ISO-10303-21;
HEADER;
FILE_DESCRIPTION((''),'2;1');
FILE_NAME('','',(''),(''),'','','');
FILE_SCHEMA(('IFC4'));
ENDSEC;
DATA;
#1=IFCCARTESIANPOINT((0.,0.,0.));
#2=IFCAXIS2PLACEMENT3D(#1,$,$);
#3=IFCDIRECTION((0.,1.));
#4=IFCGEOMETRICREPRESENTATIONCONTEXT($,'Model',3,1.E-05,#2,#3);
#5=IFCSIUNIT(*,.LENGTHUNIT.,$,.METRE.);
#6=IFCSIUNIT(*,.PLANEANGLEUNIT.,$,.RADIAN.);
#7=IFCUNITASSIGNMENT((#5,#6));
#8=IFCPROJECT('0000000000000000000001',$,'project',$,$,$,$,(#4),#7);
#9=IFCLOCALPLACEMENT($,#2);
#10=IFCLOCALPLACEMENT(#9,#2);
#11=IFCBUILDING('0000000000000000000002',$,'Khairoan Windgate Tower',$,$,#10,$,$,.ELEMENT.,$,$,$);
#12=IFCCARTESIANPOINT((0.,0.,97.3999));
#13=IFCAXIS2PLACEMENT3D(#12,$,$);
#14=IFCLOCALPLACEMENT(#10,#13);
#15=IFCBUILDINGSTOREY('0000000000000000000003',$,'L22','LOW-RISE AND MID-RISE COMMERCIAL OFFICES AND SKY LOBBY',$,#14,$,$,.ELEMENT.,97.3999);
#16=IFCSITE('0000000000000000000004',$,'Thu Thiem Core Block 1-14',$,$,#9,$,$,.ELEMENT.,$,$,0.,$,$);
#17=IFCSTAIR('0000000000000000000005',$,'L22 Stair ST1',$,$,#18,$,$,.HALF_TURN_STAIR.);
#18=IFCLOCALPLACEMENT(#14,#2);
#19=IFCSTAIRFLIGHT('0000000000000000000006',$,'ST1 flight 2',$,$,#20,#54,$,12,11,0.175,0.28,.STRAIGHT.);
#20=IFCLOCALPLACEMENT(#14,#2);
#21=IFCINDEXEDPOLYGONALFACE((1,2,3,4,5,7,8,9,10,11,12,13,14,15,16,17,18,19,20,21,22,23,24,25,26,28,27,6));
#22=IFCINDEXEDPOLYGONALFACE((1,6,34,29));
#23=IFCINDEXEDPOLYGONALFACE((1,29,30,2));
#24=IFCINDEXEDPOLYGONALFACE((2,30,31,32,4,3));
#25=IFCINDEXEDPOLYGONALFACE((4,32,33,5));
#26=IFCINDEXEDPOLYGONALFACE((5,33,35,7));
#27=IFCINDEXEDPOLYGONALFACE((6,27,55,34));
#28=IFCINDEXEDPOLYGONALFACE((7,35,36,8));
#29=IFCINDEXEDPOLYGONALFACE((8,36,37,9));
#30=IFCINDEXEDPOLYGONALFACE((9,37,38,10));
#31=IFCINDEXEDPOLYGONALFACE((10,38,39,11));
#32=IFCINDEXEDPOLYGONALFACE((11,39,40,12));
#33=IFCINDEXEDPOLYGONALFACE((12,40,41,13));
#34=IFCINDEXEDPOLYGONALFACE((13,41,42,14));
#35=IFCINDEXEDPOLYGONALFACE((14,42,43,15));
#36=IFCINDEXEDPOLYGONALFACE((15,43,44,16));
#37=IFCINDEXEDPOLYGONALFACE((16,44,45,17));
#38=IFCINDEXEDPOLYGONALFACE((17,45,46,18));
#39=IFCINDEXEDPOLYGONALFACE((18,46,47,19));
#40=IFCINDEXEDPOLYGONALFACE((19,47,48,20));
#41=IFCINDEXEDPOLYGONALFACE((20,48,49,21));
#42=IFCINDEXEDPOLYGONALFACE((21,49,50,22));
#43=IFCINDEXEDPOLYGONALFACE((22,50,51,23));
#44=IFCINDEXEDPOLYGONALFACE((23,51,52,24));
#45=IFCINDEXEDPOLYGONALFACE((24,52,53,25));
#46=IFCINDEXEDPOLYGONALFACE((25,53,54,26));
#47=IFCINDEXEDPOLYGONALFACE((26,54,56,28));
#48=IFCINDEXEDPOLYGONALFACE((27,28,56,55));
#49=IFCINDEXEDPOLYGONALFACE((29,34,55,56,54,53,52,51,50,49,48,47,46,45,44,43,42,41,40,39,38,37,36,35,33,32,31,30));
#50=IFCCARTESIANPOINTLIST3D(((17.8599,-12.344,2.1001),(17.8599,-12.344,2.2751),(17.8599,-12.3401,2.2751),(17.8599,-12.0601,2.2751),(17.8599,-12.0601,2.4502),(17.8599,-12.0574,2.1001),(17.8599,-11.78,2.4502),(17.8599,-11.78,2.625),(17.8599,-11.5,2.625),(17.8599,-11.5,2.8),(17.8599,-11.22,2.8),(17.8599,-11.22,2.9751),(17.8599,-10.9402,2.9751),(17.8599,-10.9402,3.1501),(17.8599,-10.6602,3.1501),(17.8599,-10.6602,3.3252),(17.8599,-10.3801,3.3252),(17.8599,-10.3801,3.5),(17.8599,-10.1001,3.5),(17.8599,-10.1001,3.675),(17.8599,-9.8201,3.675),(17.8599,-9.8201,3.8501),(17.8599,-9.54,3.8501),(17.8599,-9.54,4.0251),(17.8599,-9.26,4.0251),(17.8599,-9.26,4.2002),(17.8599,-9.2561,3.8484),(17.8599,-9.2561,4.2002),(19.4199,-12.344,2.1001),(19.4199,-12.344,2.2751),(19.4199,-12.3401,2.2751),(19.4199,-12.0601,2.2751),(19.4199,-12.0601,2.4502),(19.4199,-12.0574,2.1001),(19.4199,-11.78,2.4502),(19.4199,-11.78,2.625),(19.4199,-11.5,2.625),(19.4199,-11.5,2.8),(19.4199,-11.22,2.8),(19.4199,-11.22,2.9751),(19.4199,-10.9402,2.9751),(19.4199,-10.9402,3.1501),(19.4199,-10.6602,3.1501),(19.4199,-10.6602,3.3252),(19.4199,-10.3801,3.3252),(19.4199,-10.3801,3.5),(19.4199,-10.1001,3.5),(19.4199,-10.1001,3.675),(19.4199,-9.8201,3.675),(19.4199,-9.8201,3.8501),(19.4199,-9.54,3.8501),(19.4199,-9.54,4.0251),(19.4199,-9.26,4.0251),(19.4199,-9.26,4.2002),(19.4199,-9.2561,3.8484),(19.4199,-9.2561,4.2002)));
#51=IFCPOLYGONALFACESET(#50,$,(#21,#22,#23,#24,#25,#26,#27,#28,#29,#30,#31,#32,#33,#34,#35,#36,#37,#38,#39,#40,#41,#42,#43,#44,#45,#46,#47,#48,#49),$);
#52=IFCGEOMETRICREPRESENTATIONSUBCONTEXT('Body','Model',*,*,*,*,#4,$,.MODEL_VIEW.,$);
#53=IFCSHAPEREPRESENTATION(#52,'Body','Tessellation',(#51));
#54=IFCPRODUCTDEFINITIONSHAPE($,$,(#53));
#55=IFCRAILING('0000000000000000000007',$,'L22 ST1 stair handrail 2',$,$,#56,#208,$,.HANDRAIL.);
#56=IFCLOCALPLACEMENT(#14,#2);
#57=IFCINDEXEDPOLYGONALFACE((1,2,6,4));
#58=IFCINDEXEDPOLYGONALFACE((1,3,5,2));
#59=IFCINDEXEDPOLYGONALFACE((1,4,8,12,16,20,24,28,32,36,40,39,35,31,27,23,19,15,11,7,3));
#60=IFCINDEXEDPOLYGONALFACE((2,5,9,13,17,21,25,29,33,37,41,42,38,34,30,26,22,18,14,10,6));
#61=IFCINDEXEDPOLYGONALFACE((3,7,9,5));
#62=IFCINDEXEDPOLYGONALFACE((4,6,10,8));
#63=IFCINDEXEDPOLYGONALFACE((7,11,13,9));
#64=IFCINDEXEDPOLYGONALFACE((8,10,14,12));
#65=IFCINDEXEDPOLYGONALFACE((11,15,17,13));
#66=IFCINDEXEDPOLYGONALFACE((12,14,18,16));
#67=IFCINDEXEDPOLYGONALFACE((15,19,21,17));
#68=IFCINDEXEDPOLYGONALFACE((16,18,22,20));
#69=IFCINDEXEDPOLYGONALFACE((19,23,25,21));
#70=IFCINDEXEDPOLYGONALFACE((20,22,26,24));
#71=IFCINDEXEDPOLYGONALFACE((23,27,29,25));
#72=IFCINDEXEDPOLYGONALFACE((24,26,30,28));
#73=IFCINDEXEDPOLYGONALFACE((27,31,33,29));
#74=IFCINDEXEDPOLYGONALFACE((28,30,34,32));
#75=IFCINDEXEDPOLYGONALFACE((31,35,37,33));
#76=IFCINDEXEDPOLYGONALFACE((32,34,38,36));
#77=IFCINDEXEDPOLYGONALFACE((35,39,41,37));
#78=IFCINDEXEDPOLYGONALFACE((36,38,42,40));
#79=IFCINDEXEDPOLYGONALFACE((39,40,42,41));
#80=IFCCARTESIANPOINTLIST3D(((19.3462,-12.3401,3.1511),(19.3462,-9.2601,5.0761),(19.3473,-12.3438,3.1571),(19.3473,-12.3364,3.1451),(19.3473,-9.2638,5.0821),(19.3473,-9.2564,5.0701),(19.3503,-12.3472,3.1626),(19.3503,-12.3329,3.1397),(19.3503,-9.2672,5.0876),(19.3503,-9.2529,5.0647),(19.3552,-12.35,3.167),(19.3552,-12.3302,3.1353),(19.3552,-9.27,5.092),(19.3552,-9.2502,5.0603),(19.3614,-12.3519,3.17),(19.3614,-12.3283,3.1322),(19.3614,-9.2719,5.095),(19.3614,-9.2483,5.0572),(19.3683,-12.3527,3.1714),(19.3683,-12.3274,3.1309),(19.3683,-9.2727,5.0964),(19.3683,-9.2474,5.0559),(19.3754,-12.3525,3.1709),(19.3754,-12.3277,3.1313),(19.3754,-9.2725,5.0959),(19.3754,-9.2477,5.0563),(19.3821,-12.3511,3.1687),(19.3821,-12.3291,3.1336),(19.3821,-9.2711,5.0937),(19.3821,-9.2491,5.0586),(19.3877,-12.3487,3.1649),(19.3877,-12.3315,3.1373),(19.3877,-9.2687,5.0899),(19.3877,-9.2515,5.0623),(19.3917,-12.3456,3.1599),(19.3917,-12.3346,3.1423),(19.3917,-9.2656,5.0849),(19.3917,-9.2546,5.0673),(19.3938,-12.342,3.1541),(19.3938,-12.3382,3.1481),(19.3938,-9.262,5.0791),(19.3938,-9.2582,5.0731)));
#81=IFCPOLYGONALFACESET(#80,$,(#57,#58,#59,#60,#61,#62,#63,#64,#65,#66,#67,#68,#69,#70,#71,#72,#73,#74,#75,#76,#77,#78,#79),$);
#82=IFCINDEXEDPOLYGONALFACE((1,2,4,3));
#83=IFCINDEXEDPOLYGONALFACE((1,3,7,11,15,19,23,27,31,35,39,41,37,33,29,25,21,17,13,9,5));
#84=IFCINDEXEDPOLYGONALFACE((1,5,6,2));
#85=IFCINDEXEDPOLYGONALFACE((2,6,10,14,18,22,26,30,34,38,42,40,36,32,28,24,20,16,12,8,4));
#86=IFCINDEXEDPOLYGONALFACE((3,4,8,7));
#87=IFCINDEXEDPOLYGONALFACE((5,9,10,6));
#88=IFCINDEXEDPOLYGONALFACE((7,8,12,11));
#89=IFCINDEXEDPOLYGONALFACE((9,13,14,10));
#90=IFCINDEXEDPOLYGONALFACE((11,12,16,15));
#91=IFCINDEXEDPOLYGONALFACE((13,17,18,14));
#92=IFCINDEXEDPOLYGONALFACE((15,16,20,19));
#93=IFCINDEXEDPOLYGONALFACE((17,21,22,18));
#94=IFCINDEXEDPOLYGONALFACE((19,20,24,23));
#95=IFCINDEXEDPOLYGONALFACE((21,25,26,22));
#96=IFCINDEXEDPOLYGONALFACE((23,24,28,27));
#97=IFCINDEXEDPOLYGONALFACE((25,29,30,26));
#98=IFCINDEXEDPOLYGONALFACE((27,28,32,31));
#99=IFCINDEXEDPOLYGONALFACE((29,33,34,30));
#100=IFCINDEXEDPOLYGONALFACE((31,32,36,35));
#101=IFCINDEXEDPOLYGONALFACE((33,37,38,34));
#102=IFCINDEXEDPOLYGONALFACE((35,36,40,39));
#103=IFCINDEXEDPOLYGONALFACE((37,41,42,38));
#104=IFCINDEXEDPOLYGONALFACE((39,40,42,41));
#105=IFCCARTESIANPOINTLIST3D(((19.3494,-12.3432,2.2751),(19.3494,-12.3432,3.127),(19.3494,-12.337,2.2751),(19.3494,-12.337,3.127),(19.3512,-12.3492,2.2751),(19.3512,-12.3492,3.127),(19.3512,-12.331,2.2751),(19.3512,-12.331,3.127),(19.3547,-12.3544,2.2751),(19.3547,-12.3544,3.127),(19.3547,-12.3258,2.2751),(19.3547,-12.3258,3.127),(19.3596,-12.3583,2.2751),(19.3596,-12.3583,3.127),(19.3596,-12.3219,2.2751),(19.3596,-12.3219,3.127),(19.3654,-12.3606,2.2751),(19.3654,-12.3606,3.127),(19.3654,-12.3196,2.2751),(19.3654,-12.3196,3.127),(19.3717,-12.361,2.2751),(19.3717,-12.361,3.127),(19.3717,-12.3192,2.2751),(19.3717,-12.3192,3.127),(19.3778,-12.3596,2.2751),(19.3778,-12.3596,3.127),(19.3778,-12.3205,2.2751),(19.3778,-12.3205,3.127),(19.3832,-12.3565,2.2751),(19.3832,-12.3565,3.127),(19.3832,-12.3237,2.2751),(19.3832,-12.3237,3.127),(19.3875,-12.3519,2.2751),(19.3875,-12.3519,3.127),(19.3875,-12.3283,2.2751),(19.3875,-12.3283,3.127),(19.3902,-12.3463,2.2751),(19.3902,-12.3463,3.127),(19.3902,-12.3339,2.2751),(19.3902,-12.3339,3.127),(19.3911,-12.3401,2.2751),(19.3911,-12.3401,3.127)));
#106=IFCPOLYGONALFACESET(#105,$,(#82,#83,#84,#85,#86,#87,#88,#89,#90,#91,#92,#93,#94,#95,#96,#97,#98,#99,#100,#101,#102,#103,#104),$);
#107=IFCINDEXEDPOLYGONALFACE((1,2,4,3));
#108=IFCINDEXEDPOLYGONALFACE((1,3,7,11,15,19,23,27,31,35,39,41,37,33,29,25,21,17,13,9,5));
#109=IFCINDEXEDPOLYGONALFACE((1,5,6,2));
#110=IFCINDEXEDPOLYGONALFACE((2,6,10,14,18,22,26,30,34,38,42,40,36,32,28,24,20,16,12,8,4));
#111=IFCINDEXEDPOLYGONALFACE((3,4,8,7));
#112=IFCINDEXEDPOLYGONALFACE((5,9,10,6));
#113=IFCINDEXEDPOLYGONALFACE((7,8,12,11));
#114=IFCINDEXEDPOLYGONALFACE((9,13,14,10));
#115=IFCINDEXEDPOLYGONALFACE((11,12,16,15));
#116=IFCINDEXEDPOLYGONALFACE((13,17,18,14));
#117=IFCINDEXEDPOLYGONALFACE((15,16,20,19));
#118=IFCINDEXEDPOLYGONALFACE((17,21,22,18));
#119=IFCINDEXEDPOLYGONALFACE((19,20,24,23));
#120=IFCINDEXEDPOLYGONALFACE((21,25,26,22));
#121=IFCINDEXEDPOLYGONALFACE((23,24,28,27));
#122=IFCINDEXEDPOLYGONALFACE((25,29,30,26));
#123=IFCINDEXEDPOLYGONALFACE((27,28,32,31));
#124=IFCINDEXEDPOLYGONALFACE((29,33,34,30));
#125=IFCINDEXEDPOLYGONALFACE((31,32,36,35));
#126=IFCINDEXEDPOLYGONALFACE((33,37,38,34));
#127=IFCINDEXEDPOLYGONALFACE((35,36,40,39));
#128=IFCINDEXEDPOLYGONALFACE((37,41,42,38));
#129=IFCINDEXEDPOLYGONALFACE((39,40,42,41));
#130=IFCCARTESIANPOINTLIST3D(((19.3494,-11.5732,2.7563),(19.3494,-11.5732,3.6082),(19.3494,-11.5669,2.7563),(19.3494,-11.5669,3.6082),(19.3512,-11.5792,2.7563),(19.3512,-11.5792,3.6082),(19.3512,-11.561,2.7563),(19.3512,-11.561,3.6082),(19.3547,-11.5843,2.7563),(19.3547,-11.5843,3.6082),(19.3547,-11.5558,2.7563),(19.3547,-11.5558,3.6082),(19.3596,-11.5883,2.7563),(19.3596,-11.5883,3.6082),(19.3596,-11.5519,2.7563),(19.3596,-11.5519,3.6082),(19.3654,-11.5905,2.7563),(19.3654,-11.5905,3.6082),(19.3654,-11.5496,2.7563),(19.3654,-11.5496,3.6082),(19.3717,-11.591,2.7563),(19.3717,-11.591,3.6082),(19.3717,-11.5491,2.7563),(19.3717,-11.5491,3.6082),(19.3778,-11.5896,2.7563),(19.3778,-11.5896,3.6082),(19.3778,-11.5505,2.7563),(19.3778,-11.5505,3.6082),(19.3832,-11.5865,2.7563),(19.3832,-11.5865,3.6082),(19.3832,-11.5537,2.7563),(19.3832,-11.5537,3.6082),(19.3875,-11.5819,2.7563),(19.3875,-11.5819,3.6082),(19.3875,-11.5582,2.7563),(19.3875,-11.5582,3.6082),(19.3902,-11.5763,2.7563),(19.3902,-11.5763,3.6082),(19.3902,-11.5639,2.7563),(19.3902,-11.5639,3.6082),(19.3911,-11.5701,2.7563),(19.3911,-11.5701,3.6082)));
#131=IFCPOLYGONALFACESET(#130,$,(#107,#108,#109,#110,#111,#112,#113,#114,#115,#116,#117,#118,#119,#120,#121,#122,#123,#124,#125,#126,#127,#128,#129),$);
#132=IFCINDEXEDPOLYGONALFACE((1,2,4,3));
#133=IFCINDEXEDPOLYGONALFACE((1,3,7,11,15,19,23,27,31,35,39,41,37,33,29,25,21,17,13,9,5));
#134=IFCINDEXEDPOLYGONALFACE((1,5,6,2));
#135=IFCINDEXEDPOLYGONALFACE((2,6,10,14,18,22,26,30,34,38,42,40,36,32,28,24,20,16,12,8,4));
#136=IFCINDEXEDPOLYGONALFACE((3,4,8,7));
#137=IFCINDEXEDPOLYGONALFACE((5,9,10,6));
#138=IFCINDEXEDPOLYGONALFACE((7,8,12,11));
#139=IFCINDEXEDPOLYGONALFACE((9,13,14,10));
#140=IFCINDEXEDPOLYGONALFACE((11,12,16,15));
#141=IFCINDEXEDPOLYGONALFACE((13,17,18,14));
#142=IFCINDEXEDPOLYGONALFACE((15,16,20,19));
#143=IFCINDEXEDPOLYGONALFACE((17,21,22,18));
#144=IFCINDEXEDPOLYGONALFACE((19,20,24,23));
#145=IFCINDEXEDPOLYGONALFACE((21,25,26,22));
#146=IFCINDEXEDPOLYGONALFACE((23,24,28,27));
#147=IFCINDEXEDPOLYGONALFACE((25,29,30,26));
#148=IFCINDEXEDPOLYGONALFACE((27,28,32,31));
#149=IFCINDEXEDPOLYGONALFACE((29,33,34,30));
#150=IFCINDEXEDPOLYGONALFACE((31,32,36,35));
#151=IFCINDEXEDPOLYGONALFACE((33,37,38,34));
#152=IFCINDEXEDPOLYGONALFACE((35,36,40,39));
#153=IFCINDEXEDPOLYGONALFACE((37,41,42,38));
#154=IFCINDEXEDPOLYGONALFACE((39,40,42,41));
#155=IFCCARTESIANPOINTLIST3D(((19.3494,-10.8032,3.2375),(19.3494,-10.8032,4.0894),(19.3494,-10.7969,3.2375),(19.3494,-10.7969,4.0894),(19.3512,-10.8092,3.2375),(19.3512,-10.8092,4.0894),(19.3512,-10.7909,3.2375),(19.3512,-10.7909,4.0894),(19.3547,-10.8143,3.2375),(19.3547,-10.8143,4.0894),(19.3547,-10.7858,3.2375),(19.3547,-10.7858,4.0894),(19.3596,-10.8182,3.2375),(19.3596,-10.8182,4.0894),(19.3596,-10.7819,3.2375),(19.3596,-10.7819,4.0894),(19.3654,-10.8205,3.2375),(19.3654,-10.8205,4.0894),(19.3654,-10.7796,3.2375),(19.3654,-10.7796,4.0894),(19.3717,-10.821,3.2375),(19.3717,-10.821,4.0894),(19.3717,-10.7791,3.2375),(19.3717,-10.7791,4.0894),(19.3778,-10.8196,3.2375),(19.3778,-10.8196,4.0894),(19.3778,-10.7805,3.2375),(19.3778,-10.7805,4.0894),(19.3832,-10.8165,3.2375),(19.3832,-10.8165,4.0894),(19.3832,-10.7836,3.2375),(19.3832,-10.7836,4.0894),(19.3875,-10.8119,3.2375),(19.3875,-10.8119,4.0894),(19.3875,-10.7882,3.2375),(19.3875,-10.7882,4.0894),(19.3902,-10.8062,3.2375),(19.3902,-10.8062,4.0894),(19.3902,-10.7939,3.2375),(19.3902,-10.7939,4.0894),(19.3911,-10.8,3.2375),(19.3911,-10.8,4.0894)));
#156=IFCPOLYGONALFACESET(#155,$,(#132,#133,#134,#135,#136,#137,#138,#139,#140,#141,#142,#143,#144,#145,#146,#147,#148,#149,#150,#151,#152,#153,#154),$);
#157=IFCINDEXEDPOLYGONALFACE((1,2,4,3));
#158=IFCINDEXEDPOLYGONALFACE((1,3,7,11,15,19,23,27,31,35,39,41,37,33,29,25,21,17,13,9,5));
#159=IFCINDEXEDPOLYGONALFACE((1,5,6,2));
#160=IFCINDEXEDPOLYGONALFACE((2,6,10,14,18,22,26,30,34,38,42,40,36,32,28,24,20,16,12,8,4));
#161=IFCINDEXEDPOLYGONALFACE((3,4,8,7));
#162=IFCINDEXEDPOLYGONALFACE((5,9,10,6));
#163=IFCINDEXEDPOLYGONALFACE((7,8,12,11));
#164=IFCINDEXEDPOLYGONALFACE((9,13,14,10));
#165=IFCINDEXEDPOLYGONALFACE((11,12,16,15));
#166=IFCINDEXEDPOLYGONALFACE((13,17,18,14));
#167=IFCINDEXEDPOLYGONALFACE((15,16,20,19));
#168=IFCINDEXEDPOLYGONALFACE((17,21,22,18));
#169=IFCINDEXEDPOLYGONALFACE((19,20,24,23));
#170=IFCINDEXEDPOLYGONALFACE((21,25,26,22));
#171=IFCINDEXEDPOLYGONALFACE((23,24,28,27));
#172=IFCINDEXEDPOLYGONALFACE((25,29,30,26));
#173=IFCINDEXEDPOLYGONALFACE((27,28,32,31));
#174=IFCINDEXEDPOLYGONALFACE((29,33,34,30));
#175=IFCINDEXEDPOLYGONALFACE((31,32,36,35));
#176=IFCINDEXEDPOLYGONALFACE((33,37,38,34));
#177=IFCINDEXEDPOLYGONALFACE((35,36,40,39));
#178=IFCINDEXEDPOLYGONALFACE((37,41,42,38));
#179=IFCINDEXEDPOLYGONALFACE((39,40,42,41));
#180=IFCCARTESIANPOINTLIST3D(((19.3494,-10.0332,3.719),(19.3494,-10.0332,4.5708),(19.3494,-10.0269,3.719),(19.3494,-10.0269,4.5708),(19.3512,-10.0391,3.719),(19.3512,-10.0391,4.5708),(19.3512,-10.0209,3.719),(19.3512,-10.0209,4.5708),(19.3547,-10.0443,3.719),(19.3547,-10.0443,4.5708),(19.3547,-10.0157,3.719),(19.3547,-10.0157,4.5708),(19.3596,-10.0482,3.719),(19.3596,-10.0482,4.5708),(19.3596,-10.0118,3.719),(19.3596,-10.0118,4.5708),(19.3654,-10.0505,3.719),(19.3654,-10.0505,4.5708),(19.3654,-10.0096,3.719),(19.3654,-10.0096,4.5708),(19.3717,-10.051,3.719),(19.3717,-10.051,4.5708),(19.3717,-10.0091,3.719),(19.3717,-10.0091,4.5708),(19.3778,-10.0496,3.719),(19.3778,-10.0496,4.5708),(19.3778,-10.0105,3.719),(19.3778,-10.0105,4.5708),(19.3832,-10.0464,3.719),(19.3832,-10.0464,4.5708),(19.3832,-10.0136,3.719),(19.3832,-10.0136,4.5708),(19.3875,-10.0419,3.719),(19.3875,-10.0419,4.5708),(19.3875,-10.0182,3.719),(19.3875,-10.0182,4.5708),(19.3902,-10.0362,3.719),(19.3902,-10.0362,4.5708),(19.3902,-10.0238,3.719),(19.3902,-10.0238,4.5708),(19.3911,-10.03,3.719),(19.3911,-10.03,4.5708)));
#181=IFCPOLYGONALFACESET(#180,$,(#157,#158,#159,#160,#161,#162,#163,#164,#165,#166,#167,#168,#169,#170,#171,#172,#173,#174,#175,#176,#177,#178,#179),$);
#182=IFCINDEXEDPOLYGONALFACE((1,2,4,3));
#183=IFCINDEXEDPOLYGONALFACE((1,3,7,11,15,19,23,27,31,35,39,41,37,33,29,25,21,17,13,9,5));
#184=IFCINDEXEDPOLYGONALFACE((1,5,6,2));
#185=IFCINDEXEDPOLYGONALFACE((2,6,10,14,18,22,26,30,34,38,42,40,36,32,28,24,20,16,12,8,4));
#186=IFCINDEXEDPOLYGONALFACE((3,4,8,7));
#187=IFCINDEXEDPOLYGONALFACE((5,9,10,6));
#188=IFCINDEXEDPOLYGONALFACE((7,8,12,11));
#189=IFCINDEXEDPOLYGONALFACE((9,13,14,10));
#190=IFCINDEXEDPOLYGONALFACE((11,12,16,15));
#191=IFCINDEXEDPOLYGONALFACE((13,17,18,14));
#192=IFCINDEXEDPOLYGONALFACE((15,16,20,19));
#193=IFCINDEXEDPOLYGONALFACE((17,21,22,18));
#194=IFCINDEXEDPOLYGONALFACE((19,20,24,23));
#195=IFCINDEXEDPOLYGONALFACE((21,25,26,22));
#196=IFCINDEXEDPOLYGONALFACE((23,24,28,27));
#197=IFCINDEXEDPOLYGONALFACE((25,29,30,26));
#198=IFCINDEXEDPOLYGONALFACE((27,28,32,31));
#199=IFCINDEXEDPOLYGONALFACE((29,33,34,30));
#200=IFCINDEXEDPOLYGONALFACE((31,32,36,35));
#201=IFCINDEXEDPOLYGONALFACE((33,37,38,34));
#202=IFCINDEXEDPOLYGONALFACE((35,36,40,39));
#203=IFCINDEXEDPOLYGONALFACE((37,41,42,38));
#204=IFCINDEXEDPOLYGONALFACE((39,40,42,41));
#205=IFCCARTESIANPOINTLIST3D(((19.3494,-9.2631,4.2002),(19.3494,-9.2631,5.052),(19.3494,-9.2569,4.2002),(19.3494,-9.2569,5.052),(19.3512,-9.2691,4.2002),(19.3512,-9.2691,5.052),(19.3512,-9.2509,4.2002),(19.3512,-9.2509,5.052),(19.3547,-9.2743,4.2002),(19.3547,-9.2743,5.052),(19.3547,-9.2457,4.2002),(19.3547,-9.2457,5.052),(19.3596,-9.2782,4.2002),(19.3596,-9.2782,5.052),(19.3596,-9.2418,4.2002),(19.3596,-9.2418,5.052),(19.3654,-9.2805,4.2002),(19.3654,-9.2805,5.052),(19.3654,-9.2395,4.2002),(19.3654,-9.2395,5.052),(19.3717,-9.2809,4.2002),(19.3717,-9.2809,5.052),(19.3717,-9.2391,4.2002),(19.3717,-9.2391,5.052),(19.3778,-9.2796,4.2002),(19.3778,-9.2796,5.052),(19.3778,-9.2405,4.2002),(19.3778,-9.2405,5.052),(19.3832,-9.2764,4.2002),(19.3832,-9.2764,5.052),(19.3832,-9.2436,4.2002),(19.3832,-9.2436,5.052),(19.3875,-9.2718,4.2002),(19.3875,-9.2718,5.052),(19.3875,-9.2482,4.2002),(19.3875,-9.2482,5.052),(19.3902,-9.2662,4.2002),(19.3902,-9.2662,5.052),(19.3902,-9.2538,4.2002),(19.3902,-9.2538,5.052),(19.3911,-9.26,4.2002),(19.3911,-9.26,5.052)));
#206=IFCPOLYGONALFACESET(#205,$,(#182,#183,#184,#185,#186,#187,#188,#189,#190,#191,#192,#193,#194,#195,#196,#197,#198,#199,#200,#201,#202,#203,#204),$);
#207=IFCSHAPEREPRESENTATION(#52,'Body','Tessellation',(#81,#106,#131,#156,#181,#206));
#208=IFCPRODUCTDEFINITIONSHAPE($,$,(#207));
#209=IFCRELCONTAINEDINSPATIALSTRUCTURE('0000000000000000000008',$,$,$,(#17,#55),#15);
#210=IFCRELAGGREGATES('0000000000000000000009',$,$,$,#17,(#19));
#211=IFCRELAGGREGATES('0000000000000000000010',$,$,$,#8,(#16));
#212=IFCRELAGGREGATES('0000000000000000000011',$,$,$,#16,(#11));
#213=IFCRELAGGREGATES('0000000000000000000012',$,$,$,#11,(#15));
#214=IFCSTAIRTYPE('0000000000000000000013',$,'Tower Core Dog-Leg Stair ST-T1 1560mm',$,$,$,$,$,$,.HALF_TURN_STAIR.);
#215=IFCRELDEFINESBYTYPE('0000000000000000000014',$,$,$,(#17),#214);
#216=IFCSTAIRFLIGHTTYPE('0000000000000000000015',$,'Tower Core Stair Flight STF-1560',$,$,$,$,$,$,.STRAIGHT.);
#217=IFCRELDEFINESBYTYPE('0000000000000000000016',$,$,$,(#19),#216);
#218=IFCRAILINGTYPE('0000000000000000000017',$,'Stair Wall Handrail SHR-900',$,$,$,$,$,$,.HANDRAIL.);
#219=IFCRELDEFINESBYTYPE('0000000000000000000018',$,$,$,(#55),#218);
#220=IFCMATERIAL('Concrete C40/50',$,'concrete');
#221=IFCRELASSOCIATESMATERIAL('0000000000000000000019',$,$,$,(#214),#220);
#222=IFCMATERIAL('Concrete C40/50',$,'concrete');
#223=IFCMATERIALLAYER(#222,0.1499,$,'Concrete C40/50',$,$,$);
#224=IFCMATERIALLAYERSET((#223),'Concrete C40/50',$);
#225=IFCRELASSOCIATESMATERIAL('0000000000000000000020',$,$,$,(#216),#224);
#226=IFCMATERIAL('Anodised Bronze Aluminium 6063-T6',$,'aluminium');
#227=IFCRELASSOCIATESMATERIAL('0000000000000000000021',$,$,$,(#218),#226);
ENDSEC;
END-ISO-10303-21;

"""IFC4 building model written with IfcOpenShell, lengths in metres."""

from ifc_helpers import new_model, si_unit, direction, frame, origin, origin_2d, place, context, subcontext, project, spatial, polyline, circle, outline, extrude, material, layer, layer_set, type_object, element, aggregate, save


model = new_model("IFC4")

# Units and contexts
model_context = context("Model", 3, precision=1e-05, world=origin(), true_north=direction((0.0, 1.0)))
body_context = subcontext(model_context, "Body", "Model", "MODEL_VIEW")
ifc_project = project(units=[si_unit("LENGTHUNIT", "METRE"), si_unit("PLANEANGLEUNIT", "RADIAN")], contexts=[model_context])

# Site, building, storey
site_placement = place(None, origin())
site = spatial("IfcSite", under=ifc_project, at=site_placement, Name="Thu Thiem Core Block 1-14", CompositionType="ELEMENT", RefElevation=0.0)
building_placement = place(site_placement, origin())
building = spatial("IfcBuilding", under=site, at=building_placement, Name="Khairoan Windgate Tower", CompositionType="ELEMENT")
storey_placement = place(building_placement, frame((0.0, 0.0, 97.3999)))
storey = spatial("IfcBuildingStorey", under=building, at=storey_placement, Name="L22", Description="LOW-RISE AND MID-RISE COMMERCIAL OFFICES AND SKY LOBBY", CompositionType="ELEMENT", Elevation=97.3999)

# Stair, stair flight
ifc_material_1 = material(Name="Concrete C40/50", Category="concrete")
stair_type = type_object("IfcStairType", Name="Tower Core Dog-Leg Stair ST-T1 1560mm", PredefinedType="HALF_TURN_STAIR", material=ifc_material_1)
stair_placement = place(storey_placement, origin())
stair = element("IfcStair", 1, at=stair_placement, inside=storey, type_object=stair_type, Name="L22 Stair ST1", PredefinedType="HALF_TURN_STAIR")
ifc_material_2 = material(Name="Concrete C40/50", Category="concrete")
ifc_layer_1 = layer(ifc_material_2, 0.1499, Name="Concrete C40/50")
ifc_layer_set_1 = layer_set([ifc_layer_1], Name="Concrete C40/50")
stair_flight_type = type_object("IfcStairFlightType", Name="Tower Core Stair Flight STF-1560", PredefinedType="STRAIGHT", material=ifc_layer_set_1)
stair_flight_placement = place(storey_placement, frame((18.6399, -12.3401, 2.1001), z_axis=(0.0, 0.0, 1.0), x_axis=(0.0, 1.0, 0.0)))
stair_flight = element("IfcStairFlight", 2, at=stair_flight_placement, type_object=stair_flight_type, Name="ST1 flight 2", NumberOfRisers=12, NumberOfTreads=11, PredefinedType="STRAIGHT", RiserHeight=0.175, TreadLength=0.28, context=body_context, shape_type="SweptSolid", body=[
    extrude(outline(polyline([(-0.0039, 0.0), (-0.0039, 0.175), (0.0, 0.175), (0.28, 0.175), (0.28, 0.3501), (0.5601, 0.3501), (0.5601, 0.5249), (0.8401, 0.5249), (0.8401, 0.7), (1.1201, 0.7), (1.1201, 0.875), (1.3999, 0.875), (1.3999, 1.05), (1.6799, 1.05), (1.6799, 1.2251), (1.96, 1.2251), (1.96, 1.3999), (2.24, 1.3999), (2.24, 1.575), (2.52, 1.575), (2.52, 1.75), (2.8, 1.75), (2.8, 1.925), (3.0801, 1.925), (3.0801, 2.1001), (3.084, 2.1001), (3.084, 1.7483), (0.2827, 0.0), (-0.0039, 0.0)])), frame((0.0, 0.78, 0.0), z_axis=(0.0, -1.0, 0.0), x_axis=(1.0, 0.0, 0.0)), (0.0, 0.0, 1.0), 1.5601),
])
aggregate(stair, [stair_flight])

# Railing
ifc_material_3 = material(Name="Anodised Bronze Aluminium 6063-T6", Category="aluminium")
railing_type_1 = type_object("IfcRailingType", Name="Stair Wall Handrail SHR-900", PredefinedType="HANDRAIL", material=ifc_material_3)
railing_1_placement = place(storey_placement, frame((19.3701, -12.3401, 2.2751)))
element("IfcRailing", 3, at=railing_1_placement, inside=storey, type_object=railing_type_1, Name="L22 ST1 stair handrail 2", PredefinedType="HANDRAIL", context=body_context, shape_type="SweptSolid", body=[
    extrude(circle(Radius=0.0239, at=origin_2d()), frame((0.0, 0.0, 0.876), z_axis=(0.0, 0.847998, 0.529999), x_axis=(-1.0, 0.0, 0.0)), (0.0, 0.0, 1.0), 3.6321),
    extrude(circle(Radius=0.021, at=origin_2d()), origin(), (0.0, 0.0, 1.0), 0.8518),
    extrude(circle(Radius=0.021, at=origin_2d()), frame((0.0, 0.77, 0.4812)), (0.0, 0.0, 1.0), 0.8518),
    extrude(circle(Radius=0.021, at=origin_2d()), frame((0.0, 1.54, 0.9624)), (0.0, 0.0, 1.0), 0.8518),
    extrude(circle(Radius=0.021, at=origin_2d()), frame((0.0, 2.3101, 1.4438)), (0.0, 0.0, 1.0), 0.8518),
    extrude(circle(Radius=0.021, at=origin_2d()), frame((0.0, 3.0801, 1.925)), (0.0, 0.0, 1.0), 0.8518),
])

save(model, "model.ifc")
